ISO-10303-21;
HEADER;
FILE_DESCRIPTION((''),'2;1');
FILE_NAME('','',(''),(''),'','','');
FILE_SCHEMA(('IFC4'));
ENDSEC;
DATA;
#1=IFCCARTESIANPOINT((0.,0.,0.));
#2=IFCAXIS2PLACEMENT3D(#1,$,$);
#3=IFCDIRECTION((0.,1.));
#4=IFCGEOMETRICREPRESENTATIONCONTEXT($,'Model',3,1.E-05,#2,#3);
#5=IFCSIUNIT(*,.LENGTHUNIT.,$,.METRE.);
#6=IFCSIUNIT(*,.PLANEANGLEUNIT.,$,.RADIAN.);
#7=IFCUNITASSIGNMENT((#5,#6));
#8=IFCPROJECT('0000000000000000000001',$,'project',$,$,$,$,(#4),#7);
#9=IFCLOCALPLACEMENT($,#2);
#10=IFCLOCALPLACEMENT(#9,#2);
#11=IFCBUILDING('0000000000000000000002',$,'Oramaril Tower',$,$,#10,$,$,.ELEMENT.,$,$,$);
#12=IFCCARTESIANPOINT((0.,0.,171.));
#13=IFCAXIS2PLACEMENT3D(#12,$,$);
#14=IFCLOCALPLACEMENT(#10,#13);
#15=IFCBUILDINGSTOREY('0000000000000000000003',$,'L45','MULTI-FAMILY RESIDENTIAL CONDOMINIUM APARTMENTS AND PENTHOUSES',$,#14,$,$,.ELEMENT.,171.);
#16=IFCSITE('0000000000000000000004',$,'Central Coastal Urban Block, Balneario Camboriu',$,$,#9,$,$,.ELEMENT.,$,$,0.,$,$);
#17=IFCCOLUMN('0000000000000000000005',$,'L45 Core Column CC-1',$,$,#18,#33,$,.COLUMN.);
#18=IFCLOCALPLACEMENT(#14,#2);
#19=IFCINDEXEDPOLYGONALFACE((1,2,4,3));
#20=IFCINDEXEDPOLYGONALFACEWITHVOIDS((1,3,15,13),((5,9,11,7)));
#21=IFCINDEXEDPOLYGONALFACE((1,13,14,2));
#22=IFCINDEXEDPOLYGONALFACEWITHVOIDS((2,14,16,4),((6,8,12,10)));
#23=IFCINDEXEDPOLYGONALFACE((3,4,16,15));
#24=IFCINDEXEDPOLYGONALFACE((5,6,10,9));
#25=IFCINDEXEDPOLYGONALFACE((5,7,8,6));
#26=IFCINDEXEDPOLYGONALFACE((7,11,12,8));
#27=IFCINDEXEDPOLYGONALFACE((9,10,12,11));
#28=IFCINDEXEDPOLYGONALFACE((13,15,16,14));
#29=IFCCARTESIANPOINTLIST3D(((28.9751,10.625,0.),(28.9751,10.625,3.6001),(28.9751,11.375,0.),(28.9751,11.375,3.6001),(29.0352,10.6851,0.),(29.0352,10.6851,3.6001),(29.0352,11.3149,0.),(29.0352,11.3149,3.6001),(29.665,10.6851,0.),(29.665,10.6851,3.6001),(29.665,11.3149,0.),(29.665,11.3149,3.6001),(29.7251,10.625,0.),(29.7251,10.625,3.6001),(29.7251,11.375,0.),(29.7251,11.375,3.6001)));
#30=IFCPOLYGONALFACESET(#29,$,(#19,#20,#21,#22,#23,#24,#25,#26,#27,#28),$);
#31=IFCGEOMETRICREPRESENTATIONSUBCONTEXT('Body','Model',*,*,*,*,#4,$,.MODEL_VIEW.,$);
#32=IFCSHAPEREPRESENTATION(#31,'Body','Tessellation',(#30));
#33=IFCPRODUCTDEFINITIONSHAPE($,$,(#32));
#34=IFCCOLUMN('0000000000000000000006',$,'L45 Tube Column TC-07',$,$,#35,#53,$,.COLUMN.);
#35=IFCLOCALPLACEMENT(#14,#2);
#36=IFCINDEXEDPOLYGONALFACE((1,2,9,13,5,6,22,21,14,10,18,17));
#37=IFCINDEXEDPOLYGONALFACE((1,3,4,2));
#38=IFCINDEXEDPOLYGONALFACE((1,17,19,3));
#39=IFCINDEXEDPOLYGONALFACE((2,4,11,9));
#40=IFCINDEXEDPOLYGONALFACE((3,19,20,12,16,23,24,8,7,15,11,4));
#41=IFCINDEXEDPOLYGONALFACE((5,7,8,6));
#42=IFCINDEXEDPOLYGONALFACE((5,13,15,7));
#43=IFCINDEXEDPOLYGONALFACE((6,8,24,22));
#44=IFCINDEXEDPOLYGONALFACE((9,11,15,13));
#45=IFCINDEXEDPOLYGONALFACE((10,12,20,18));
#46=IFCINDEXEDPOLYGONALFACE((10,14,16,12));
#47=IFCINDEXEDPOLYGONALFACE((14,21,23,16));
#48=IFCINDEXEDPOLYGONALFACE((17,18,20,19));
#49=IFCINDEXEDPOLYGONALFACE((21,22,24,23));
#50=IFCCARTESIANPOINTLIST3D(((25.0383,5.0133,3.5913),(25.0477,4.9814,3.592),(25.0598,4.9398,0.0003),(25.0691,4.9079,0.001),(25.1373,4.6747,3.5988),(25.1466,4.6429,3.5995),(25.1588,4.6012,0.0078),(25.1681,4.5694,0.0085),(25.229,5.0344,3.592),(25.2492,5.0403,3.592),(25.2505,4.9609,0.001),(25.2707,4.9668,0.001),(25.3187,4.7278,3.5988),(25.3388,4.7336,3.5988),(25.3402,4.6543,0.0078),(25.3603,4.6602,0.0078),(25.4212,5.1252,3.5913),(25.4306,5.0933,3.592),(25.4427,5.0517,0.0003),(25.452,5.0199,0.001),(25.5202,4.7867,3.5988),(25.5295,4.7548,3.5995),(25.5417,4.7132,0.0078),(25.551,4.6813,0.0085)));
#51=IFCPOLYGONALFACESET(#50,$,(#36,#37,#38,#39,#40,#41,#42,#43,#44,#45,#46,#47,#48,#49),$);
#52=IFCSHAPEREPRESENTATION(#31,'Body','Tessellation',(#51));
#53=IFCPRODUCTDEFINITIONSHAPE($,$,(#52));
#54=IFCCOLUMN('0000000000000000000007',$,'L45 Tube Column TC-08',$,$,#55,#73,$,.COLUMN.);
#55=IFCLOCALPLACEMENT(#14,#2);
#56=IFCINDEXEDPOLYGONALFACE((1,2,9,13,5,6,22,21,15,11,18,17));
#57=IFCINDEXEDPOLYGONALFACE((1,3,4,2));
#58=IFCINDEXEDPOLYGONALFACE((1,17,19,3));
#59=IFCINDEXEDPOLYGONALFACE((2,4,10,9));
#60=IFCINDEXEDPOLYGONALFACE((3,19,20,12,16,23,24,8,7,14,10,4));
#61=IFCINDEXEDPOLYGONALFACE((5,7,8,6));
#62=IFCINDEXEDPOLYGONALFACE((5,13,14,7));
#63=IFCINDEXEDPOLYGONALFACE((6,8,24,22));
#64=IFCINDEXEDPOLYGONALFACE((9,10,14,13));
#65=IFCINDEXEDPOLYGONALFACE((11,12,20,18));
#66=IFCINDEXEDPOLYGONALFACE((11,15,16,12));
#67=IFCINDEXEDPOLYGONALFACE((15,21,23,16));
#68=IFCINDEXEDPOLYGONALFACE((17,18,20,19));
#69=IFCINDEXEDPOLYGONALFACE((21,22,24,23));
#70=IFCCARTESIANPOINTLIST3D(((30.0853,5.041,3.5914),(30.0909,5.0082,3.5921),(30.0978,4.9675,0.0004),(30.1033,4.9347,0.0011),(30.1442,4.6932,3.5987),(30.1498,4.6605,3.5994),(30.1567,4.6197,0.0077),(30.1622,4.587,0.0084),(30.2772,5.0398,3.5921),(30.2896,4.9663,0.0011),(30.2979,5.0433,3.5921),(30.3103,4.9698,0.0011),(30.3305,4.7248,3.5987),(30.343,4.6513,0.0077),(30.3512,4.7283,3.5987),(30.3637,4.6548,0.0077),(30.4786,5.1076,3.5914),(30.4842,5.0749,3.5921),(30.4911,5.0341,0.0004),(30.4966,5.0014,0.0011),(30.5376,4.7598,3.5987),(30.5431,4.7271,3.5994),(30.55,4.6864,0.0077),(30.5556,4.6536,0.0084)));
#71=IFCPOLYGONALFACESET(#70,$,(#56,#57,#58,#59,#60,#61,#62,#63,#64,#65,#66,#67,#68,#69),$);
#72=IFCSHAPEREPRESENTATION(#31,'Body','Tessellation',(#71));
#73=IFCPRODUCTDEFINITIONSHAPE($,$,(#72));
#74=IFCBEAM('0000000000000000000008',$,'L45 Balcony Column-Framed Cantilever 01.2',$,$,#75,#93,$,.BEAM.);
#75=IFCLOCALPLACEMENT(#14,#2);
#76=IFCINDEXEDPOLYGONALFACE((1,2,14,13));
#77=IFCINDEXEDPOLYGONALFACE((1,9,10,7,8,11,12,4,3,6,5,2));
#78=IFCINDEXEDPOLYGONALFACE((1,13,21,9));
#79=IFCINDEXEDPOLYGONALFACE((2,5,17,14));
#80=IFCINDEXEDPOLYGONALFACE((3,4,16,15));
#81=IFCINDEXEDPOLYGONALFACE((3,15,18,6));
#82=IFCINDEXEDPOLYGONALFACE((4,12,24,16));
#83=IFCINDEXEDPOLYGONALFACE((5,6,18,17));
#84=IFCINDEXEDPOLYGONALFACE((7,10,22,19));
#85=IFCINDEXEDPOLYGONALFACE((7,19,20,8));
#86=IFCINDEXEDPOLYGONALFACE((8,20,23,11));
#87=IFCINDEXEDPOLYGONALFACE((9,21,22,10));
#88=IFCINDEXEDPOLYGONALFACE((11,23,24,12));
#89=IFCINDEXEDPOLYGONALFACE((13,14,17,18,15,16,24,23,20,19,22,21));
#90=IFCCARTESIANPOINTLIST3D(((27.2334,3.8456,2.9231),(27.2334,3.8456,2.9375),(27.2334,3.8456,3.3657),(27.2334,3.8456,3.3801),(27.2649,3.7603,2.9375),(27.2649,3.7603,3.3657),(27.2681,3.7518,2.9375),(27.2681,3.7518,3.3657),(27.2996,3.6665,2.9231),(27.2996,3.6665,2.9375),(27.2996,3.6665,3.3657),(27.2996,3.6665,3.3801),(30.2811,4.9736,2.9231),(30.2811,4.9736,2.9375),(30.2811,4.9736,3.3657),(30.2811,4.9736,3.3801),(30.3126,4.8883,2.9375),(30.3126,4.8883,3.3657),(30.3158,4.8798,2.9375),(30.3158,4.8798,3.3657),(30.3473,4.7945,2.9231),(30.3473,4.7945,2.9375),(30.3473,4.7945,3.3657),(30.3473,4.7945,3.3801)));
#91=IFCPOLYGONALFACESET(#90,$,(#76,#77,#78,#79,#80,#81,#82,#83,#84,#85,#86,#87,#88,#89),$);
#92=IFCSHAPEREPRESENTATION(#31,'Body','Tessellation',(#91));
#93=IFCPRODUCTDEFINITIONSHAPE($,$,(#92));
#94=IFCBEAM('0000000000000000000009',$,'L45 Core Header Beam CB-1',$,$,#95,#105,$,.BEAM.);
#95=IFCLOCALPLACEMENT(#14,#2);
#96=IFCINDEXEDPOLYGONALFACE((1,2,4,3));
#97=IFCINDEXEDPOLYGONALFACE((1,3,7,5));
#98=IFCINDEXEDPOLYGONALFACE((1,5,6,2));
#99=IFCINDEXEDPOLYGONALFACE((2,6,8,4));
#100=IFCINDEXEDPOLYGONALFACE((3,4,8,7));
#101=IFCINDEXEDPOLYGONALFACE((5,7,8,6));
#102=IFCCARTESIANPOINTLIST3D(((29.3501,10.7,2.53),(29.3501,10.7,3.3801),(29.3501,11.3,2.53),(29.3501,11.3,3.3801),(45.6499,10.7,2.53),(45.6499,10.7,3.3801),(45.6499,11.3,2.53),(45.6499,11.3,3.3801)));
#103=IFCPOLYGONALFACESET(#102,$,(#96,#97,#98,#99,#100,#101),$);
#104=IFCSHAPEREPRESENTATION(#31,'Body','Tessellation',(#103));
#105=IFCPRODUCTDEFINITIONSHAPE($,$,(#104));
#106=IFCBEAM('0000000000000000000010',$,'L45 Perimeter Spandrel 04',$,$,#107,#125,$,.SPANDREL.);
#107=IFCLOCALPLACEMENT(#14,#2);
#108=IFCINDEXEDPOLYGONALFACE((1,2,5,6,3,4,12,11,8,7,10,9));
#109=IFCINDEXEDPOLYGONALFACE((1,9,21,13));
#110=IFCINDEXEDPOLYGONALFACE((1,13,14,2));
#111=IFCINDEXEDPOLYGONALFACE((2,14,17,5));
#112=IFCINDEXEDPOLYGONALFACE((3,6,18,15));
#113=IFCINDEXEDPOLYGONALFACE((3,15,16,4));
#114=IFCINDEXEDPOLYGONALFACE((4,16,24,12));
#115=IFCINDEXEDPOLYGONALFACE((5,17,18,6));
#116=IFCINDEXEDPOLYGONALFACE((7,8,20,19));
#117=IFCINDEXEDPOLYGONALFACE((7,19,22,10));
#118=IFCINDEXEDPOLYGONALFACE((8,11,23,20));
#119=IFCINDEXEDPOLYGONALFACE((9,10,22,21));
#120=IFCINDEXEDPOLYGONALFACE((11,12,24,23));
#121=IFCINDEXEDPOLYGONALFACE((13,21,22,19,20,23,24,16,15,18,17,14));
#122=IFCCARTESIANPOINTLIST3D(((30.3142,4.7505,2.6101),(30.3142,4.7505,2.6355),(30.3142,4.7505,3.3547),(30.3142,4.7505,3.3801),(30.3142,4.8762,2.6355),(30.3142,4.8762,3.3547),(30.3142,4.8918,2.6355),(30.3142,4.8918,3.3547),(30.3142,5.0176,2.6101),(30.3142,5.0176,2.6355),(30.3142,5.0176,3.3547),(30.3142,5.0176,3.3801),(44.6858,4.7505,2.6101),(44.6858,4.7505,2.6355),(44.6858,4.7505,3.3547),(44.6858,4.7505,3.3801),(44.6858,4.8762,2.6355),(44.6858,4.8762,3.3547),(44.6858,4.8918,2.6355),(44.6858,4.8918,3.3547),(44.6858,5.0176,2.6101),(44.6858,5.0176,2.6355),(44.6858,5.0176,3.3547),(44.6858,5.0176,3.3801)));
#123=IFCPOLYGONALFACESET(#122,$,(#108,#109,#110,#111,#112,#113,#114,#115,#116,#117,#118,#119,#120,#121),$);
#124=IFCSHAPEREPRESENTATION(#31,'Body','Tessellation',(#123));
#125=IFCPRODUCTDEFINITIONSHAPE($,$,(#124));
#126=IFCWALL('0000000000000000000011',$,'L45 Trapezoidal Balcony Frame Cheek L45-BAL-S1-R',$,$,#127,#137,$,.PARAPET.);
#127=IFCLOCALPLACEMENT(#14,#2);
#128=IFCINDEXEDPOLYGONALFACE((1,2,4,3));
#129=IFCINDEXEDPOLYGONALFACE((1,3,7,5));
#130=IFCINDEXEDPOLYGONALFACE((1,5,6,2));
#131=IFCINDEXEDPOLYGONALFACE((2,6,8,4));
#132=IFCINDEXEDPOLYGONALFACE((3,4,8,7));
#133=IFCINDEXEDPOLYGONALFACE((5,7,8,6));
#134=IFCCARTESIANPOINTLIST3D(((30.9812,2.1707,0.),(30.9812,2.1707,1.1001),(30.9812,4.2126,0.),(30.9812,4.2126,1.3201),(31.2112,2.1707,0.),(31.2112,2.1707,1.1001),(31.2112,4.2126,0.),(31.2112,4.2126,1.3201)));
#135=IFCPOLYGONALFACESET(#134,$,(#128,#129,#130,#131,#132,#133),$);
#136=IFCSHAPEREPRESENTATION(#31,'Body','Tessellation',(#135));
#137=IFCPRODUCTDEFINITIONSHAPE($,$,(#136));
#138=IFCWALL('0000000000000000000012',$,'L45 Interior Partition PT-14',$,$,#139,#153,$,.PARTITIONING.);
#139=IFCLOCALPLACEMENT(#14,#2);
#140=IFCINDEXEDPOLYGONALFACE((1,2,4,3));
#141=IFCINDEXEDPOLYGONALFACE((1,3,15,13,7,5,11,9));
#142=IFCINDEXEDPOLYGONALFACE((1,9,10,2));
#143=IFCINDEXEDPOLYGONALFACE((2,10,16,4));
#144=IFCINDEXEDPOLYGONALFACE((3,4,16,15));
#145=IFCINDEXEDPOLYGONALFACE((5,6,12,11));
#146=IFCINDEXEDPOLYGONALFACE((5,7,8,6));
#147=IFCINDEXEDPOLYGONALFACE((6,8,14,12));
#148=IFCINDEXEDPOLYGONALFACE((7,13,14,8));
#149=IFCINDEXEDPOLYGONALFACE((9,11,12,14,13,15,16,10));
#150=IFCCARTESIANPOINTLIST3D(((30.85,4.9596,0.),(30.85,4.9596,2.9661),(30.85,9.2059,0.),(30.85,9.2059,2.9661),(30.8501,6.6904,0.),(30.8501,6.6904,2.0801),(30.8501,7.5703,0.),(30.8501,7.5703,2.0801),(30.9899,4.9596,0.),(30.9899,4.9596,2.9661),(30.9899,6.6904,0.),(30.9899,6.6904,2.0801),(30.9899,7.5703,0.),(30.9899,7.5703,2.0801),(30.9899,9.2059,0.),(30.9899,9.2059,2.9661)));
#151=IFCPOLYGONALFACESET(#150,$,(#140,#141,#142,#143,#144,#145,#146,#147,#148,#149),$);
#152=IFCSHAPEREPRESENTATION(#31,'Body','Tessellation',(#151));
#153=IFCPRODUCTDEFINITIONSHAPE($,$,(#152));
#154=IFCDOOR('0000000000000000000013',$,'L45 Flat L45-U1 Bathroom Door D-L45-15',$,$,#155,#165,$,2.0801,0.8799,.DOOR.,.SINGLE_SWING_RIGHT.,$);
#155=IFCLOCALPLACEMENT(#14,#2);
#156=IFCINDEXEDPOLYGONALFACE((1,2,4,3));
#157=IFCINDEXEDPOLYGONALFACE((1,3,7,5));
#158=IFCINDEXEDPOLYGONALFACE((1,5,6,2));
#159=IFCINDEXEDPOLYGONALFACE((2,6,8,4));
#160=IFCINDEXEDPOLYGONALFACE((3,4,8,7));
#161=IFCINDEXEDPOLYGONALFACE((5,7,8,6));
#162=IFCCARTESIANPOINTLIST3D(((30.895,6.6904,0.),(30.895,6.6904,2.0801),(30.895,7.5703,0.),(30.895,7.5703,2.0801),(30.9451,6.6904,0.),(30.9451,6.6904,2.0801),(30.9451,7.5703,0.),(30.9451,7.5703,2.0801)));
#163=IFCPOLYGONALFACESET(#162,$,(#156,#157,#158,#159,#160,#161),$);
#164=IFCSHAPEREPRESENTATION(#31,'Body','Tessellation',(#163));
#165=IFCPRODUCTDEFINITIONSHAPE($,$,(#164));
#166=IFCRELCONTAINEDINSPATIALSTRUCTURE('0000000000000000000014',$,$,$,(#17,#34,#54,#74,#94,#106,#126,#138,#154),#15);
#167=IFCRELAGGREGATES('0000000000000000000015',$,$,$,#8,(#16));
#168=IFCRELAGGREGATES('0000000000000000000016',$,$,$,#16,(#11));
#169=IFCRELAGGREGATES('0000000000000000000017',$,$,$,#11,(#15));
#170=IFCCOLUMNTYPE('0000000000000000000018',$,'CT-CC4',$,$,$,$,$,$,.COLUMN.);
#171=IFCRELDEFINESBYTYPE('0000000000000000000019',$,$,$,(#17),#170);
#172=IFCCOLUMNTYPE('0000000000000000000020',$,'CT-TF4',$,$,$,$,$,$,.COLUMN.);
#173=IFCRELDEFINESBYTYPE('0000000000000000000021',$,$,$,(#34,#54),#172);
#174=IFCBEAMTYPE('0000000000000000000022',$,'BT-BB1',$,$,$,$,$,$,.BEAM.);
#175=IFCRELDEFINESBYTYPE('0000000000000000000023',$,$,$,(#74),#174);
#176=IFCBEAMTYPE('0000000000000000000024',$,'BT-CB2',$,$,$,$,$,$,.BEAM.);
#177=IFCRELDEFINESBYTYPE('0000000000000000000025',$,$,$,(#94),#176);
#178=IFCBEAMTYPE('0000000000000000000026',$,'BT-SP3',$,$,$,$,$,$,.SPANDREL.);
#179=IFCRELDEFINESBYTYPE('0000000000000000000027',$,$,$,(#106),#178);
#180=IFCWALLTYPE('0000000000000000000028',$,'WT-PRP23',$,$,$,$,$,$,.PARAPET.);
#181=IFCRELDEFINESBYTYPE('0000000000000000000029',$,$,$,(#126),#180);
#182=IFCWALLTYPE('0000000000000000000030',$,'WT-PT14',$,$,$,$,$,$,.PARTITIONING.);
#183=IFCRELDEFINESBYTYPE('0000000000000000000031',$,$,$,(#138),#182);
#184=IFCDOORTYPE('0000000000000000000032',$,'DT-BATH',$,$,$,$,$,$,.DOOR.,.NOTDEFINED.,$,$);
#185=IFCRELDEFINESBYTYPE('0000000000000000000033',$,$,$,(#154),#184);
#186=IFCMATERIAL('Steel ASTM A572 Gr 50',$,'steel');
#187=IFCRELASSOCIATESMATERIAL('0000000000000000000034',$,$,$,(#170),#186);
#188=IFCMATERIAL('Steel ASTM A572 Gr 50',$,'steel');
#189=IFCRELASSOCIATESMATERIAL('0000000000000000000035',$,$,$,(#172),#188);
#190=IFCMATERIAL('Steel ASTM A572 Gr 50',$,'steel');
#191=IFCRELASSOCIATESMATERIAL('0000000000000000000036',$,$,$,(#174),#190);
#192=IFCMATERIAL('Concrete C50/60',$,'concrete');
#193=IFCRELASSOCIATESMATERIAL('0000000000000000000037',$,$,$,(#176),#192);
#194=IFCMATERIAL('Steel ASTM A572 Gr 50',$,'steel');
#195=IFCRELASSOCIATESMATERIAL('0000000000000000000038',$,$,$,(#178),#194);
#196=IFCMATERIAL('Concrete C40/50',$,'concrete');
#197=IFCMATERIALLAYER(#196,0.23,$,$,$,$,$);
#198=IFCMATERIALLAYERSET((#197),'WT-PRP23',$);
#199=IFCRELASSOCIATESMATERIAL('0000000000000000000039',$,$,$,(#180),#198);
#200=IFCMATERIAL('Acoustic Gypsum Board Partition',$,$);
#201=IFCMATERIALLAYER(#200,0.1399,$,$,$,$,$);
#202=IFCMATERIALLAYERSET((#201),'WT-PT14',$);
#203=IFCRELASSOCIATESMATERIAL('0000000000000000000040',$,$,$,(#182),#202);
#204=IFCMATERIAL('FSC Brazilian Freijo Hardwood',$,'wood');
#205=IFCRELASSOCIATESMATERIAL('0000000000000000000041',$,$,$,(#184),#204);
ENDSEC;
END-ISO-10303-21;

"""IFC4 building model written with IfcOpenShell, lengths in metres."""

from ifc_helpers import new_model, si_unit, direction, frame, frame_2d, origin, origin_2d, place, context, subcontext, project, spatial, polyline, rectangle, hollow_rectangle, i_section, outline, extrude, material, layer, layer_set, material_profile, profile_set, type_object, element, fill, save


model = new_model("IFC4")

# Units and contexts
model_context = context("Model", 3, precision=1e-05, world=origin(), true_north=direction((0.0, 1.0)))
body_context = subcontext(model_context, "Body", "Model", "MODEL_VIEW")
ifc_project = project(units=[si_unit("LENGTHUNIT", "METRE"), si_unit("PLANEANGLEUNIT", "RADIAN")], contexts=[model_context])

# Site, building, storey
site_placement = place(None, origin())
site = spatial("IfcSite", under=ifc_project, at=site_placement, Name="Central Coastal Urban Block, Balneario Camboriu", CompositionType="ELEMENT", RefElevation=0.0)
building_placement = place(site_placement, origin())
building = spatial("IfcBuilding", under=site, at=building_placement, Name="Oramaril Tower", CompositionType="ELEMENT")
storey_placement = place(building_placement, frame((0.0, 0.0, 171.0)))
storey = spatial("IfcBuildingStorey", under=building, at=storey_placement, Name="L45", Description="MULTI-FAMILY RESIDENTIAL CONDOMINIUM APARTMENTS AND PENTHOUSES", CompositionType="ELEMENT", Elevation=171.0)

# Columns
ifc_material_1 = material(Name="Steel ASTM A572 Gr 50", Category="steel")
ifc_material_profile_1 = material_profile(ifc_material_1, hollow_rectangle(XDim=0.75, YDim=0.75, WallThickness=0.0601, at=origin_2d()), Name="BOX750X750X60")
ifc_profile_set_1 = profile_set([ifc_material_profile_1], Name="Steel ASTM A572 Gr 50")
column_type_1 = type_object("IfcColumnType", Name="CT-CC4", PredefinedType="COLUMN", material=ifc_profile_set_1)
column_placement = place(storey_placement, frame((29.3501, 11.0, 0.0), z_axis=(0.0, 0.0, 1.0), x_axis=(1.0, 0.0, 0.0)))
element("IfcColumn", 1, at=column_placement, inside=storey, type_object=column_type_1, Name="L45 Core Column CC-1", PredefinedType="COLUMN", context=body_context, shape_type="SweptSolid", body=[
    extrude(hollow_rectangle(XDim=0.75, YDim=0.75, WallThickness=0.0601, at=origin_2d()), origin(), (0.0, 0.0, 1.0), 3.6001),
])
ifc_material_2 = material(Name="Steel ASTM A572 Gr 50", Category="steel")
ifc_material_profile_2 = material_profile(ifc_material_2, i_section(OverallWidth=0.3989, OverallDepth=0.386, WebThickness=0.021, FlangeThickness=0.0332, at=origin_2d()), Name="W14X176")
ifc_profile_set_2 = profile_set([ifc_material_profile_2], Name="Steel ASTM A572 Gr 50")
column_type_2 = type_object("IfcColumnType", Name="CT-TF4", PredefinedType="COLUMN", material=ifc_profile_set_2)
for number, where, z_axis, x_axis, name in (
    (2, (25.3054, 4.8105, 0.0044), (-0.005981, 0.020459, 0.999773), (-0.959821, -0.280612, 0.0), "L45 Tube Column TC-07"),
    (3, (30.3267, 4.8105, 0.0044), (-0.003467, 0.020459, 0.999785), (-0.985948, -0.167054, 0.0), "L45 Tube Column TC-08"),
):
    element("IfcColumn", number, at=place(storey_placement, frame(where, z_axis=z_axis, x_axis=x_axis)), inside=storey, type_object=column_type_2, Name=name, PredefinedType="COLUMN", context=body_context, shape_type="SweptSolid", body=[
        extrude(i_section(OverallWidth=0.3989, OverallDepth=0.386, WebThickness=0.021, FlangeThickness=0.0332, at=origin_2d()), origin(), (0.0, 0.0, 1.0), 3.5918),
    ])

# Beams
ifc_material_3 = material(Name="Steel ASTM A572 Gr 50", Category="steel")
ifc_material_profile_3 = material_profile(ifc_material_3, i_section(OverallWidth=0.1909, OverallDepth=0.457, WebThickness=0.009, FlangeThickness=0.0144, at=origin_2d()), Name="W18X50")
ifc_profile_set_3 = profile_set([ifc_material_profile_3], Name="Steel ASTM A572 Gr 50")
beam_type_1 = type_object("IfcBeamType", Name="BT-BB1", PredefinedType="BEAM", material=ifc_profile_set_3)
beam_1_placement = place(storey_placement, frame((30.3142, 4.884, 3.1516), z_axis=(-0.93783, -0.347094, 0.0), x_axis=(0.347094, -0.93783, 0.0)))
element("IfcBeam", 4, at=beam_1_placement, inside=storey, type_object=beam_type_1, Name="L45 Balcony Column-Framed Cantilever 01.2", PredefinedType="BEAM", context=body_context, shape_type="SweptSolid", body=[
    extrude(i_section(OverallWidth=0.1909, OverallDepth=0.457, WebThickness=0.009, FlangeThickness=0.0144, at=origin_2d()), origin(), (0.0, 0.0, 1.0), 3.2498),
])
ifc_material_4 = material(Name="Concrete C50/60", Category="concrete")
ifc_material_profile_4 = material_profile(ifc_material_4, rectangle(XDim=0.6001, YDim=0.8501, at=origin_2d()), Name="CB600X850")
ifc_profile_set_4 = profile_set([ifc_material_profile_4], Name="Concrete C50/60")
beam_type_2 = type_object("IfcBeamType", Name="BT-CB2", PredefinedType="BEAM", material=ifc_profile_set_4)
beam_2_placement = place(storey_placement, frame((29.3501, 11.0, 2.9551), z_axis=(1.0, 0.0, 0.0), x_axis=(0.0, 1.0, 0.0)))
element("IfcBeam", 5, at=beam_2_placement, inside=storey, type_object=beam_type_2, Name="L45 Core Header Beam CB-1", PredefinedType="BEAM", context=body_context, shape_type="SweptSolid", body=[
    extrude(rectangle(XDim=0.6001, YDim=0.8501, at=origin_2d()), origin(), (0.0, 0.0, 1.0), 16.2998),
])
ifc_material_5 = material(Name="Steel ASTM A572 Gr 50", Category="steel")
ifc_material_profile_5 = material_profile(ifc_material_5, i_section(OverallWidth=0.2671, OverallDepth=0.77, WebThickness=0.0156, FlangeThickness=0.0254, at=origin_2d()), Name="W30X132")
ifc_profile_set_5 = profile_set([ifc_material_profile_5], Name="Steel ASTM A572 Gr 50")
beam_type_3 = type_object("IfcBeamType", Name="BT-SP3", PredefinedType="SPANDREL", material=ifc_profile_set_5)
beam_3_placement = place(storey_placement, frame((30.3142, 4.884, 2.9951), z_axis=(1.0, 0.0, 0.0), x_axis=(0.0, 1.0, 0.0)))
element("IfcBeam", 6, at=beam_3_placement, inside=storey, type_object=beam_type_3, Name="L45 Perimeter Spandrel 04", PredefinedType="SPANDREL", context=body_context, shape_type="SweptSolid", body=[
    extrude(i_section(OverallWidth=0.2671, OverallDepth=0.77, WebThickness=0.0156, FlangeThickness=0.0254, at=origin_2d()), origin(), (0.0, 0.0, 1.0), 14.3716),
])

# Wall
ifc_material_6 = material(Name="Concrete C40/50", Category="concrete")
ifc_layer_1 = layer(ifc_material_6, 0.23)
ifc_layer_set_1 = layer_set([ifc_layer_1], Name="WT-PRP23")
wall_type_1 = type_object("IfcWallType", Name="WT-PRP23", PredefinedType="PARAPET", material=ifc_layer_set_1)
wall_1_placement = place(storey_placement, frame((31.0962, 4.2126, 0.0), z_axis=(0.0, 0.0, 1.0), x_axis=(0.0, -1.0, 0.0)))
element("IfcWall", 7, at=wall_1_placement, inside=storey, type_object=wall_type_1, Name="L45 Trapezoidal Balcony Frame Cheek L45-BAL-S1-R", PredefinedType="PARAPET", context=body_context, shape_type="SweptSolid", body=[
    extrude(outline(polyline([(0.0, 0.0), (2.042, 0.0), (2.042, 1.1001), (0.0, 1.3201), (0.0, 0.0)])), frame((0.0, 0.115, 0.0), z_axis=(0.0, -1.0, 0.0), x_axis=(1.0, 0.0, 0.0)), (0.0, 0.0, 1.0), 0.23),
])

# Wall, opening, door
ifc_material_7 = material(Name="Acoustic Gypsum Board Partition")
ifc_layer_2 = layer(ifc_material_7, 0.1399)
ifc_layer_set_2 = layer_set([ifc_layer_2], Name="WT-PT14")
wall_type_2 = type_object("IfcWallType", Name="WT-PT14", PredefinedType="PARTITIONING", material=ifc_layer_set_2)
wall_2_placement = place(storey_placement, frame((30.9199, 4.9597, 0.0), z_axis=(0.0, 0.0, 1.0), x_axis=(0.0, 1.0, 0.0)))
wall_2 = element("IfcWall", 8, at=wall_2_placement, inside=storey, type_object=wall_type_2, Name="L45 Interior Partition PT-14", PredefinedType="PARTITIONING", context=body_context, shape_type="SweptSolid", body=[
    extrude(rectangle(XDim=4.2463, YDim=0.1399, at=frame_2d((2.123, 0.0))), origin(), (0.0, 0.0, 1.0), 2.9661),
])
opening_1_placement = place(wall_2_placement, frame((1.7307, 0.0, 0.0)))
opening_1 = element("IfcOpeningElement", 9, at=opening_1_placement, cuts=wall_2, PredefinedType="OPENING", context=body_context, shape_type="SweptSolid", body=[
    extrude(rectangle(XDim=0.8799, YDim=2.0801, at=frame_2d((0.4399, 1.04))), frame((0.0, 0.0698, 0.0), z_axis=(0.0, -1.0, 0.0), x_axis=(1.0, 0.0, 0.0)), (0.0, 0.0, 1.0), 0.1399),
])
ifc_material_8 = material(Name="FSC Brazilian Freijo Hardwood", Category="wood")
door_type_1 = type_object("IfcDoorType", Name="DT-BATH", OperationType="NOTDEFINED", PredefinedType="DOOR", material=ifc_material_8)
door_1_placement = place(opening_1_placement, origin())
door_1 = element("IfcDoor", 10, at=door_1_placement, inside=storey, type_object=door_type_1, Name="L45 Flat L45-U1 Bathroom Door D-L45-15", OperationType="SINGLE_SWING_RIGHT", OverallHeight=2.0801, OverallWidth=0.8799, PredefinedType="DOOR", context=body_context, shape_type="SweptSolid", body=[
    extrude(rectangle(XDim=0.8799, YDim=2.0801, at=frame_2d((0.4399, 1.04))), frame((0.0, 0.0249, 0.0), z_axis=(0.0, -1.0, 0.0), x_axis=(1.0, 0.0, 0.0)), (0.0, 0.0, 1.0), 0.05),
])
fill(opening_1, door_1)

save(model, "model.ifc")
